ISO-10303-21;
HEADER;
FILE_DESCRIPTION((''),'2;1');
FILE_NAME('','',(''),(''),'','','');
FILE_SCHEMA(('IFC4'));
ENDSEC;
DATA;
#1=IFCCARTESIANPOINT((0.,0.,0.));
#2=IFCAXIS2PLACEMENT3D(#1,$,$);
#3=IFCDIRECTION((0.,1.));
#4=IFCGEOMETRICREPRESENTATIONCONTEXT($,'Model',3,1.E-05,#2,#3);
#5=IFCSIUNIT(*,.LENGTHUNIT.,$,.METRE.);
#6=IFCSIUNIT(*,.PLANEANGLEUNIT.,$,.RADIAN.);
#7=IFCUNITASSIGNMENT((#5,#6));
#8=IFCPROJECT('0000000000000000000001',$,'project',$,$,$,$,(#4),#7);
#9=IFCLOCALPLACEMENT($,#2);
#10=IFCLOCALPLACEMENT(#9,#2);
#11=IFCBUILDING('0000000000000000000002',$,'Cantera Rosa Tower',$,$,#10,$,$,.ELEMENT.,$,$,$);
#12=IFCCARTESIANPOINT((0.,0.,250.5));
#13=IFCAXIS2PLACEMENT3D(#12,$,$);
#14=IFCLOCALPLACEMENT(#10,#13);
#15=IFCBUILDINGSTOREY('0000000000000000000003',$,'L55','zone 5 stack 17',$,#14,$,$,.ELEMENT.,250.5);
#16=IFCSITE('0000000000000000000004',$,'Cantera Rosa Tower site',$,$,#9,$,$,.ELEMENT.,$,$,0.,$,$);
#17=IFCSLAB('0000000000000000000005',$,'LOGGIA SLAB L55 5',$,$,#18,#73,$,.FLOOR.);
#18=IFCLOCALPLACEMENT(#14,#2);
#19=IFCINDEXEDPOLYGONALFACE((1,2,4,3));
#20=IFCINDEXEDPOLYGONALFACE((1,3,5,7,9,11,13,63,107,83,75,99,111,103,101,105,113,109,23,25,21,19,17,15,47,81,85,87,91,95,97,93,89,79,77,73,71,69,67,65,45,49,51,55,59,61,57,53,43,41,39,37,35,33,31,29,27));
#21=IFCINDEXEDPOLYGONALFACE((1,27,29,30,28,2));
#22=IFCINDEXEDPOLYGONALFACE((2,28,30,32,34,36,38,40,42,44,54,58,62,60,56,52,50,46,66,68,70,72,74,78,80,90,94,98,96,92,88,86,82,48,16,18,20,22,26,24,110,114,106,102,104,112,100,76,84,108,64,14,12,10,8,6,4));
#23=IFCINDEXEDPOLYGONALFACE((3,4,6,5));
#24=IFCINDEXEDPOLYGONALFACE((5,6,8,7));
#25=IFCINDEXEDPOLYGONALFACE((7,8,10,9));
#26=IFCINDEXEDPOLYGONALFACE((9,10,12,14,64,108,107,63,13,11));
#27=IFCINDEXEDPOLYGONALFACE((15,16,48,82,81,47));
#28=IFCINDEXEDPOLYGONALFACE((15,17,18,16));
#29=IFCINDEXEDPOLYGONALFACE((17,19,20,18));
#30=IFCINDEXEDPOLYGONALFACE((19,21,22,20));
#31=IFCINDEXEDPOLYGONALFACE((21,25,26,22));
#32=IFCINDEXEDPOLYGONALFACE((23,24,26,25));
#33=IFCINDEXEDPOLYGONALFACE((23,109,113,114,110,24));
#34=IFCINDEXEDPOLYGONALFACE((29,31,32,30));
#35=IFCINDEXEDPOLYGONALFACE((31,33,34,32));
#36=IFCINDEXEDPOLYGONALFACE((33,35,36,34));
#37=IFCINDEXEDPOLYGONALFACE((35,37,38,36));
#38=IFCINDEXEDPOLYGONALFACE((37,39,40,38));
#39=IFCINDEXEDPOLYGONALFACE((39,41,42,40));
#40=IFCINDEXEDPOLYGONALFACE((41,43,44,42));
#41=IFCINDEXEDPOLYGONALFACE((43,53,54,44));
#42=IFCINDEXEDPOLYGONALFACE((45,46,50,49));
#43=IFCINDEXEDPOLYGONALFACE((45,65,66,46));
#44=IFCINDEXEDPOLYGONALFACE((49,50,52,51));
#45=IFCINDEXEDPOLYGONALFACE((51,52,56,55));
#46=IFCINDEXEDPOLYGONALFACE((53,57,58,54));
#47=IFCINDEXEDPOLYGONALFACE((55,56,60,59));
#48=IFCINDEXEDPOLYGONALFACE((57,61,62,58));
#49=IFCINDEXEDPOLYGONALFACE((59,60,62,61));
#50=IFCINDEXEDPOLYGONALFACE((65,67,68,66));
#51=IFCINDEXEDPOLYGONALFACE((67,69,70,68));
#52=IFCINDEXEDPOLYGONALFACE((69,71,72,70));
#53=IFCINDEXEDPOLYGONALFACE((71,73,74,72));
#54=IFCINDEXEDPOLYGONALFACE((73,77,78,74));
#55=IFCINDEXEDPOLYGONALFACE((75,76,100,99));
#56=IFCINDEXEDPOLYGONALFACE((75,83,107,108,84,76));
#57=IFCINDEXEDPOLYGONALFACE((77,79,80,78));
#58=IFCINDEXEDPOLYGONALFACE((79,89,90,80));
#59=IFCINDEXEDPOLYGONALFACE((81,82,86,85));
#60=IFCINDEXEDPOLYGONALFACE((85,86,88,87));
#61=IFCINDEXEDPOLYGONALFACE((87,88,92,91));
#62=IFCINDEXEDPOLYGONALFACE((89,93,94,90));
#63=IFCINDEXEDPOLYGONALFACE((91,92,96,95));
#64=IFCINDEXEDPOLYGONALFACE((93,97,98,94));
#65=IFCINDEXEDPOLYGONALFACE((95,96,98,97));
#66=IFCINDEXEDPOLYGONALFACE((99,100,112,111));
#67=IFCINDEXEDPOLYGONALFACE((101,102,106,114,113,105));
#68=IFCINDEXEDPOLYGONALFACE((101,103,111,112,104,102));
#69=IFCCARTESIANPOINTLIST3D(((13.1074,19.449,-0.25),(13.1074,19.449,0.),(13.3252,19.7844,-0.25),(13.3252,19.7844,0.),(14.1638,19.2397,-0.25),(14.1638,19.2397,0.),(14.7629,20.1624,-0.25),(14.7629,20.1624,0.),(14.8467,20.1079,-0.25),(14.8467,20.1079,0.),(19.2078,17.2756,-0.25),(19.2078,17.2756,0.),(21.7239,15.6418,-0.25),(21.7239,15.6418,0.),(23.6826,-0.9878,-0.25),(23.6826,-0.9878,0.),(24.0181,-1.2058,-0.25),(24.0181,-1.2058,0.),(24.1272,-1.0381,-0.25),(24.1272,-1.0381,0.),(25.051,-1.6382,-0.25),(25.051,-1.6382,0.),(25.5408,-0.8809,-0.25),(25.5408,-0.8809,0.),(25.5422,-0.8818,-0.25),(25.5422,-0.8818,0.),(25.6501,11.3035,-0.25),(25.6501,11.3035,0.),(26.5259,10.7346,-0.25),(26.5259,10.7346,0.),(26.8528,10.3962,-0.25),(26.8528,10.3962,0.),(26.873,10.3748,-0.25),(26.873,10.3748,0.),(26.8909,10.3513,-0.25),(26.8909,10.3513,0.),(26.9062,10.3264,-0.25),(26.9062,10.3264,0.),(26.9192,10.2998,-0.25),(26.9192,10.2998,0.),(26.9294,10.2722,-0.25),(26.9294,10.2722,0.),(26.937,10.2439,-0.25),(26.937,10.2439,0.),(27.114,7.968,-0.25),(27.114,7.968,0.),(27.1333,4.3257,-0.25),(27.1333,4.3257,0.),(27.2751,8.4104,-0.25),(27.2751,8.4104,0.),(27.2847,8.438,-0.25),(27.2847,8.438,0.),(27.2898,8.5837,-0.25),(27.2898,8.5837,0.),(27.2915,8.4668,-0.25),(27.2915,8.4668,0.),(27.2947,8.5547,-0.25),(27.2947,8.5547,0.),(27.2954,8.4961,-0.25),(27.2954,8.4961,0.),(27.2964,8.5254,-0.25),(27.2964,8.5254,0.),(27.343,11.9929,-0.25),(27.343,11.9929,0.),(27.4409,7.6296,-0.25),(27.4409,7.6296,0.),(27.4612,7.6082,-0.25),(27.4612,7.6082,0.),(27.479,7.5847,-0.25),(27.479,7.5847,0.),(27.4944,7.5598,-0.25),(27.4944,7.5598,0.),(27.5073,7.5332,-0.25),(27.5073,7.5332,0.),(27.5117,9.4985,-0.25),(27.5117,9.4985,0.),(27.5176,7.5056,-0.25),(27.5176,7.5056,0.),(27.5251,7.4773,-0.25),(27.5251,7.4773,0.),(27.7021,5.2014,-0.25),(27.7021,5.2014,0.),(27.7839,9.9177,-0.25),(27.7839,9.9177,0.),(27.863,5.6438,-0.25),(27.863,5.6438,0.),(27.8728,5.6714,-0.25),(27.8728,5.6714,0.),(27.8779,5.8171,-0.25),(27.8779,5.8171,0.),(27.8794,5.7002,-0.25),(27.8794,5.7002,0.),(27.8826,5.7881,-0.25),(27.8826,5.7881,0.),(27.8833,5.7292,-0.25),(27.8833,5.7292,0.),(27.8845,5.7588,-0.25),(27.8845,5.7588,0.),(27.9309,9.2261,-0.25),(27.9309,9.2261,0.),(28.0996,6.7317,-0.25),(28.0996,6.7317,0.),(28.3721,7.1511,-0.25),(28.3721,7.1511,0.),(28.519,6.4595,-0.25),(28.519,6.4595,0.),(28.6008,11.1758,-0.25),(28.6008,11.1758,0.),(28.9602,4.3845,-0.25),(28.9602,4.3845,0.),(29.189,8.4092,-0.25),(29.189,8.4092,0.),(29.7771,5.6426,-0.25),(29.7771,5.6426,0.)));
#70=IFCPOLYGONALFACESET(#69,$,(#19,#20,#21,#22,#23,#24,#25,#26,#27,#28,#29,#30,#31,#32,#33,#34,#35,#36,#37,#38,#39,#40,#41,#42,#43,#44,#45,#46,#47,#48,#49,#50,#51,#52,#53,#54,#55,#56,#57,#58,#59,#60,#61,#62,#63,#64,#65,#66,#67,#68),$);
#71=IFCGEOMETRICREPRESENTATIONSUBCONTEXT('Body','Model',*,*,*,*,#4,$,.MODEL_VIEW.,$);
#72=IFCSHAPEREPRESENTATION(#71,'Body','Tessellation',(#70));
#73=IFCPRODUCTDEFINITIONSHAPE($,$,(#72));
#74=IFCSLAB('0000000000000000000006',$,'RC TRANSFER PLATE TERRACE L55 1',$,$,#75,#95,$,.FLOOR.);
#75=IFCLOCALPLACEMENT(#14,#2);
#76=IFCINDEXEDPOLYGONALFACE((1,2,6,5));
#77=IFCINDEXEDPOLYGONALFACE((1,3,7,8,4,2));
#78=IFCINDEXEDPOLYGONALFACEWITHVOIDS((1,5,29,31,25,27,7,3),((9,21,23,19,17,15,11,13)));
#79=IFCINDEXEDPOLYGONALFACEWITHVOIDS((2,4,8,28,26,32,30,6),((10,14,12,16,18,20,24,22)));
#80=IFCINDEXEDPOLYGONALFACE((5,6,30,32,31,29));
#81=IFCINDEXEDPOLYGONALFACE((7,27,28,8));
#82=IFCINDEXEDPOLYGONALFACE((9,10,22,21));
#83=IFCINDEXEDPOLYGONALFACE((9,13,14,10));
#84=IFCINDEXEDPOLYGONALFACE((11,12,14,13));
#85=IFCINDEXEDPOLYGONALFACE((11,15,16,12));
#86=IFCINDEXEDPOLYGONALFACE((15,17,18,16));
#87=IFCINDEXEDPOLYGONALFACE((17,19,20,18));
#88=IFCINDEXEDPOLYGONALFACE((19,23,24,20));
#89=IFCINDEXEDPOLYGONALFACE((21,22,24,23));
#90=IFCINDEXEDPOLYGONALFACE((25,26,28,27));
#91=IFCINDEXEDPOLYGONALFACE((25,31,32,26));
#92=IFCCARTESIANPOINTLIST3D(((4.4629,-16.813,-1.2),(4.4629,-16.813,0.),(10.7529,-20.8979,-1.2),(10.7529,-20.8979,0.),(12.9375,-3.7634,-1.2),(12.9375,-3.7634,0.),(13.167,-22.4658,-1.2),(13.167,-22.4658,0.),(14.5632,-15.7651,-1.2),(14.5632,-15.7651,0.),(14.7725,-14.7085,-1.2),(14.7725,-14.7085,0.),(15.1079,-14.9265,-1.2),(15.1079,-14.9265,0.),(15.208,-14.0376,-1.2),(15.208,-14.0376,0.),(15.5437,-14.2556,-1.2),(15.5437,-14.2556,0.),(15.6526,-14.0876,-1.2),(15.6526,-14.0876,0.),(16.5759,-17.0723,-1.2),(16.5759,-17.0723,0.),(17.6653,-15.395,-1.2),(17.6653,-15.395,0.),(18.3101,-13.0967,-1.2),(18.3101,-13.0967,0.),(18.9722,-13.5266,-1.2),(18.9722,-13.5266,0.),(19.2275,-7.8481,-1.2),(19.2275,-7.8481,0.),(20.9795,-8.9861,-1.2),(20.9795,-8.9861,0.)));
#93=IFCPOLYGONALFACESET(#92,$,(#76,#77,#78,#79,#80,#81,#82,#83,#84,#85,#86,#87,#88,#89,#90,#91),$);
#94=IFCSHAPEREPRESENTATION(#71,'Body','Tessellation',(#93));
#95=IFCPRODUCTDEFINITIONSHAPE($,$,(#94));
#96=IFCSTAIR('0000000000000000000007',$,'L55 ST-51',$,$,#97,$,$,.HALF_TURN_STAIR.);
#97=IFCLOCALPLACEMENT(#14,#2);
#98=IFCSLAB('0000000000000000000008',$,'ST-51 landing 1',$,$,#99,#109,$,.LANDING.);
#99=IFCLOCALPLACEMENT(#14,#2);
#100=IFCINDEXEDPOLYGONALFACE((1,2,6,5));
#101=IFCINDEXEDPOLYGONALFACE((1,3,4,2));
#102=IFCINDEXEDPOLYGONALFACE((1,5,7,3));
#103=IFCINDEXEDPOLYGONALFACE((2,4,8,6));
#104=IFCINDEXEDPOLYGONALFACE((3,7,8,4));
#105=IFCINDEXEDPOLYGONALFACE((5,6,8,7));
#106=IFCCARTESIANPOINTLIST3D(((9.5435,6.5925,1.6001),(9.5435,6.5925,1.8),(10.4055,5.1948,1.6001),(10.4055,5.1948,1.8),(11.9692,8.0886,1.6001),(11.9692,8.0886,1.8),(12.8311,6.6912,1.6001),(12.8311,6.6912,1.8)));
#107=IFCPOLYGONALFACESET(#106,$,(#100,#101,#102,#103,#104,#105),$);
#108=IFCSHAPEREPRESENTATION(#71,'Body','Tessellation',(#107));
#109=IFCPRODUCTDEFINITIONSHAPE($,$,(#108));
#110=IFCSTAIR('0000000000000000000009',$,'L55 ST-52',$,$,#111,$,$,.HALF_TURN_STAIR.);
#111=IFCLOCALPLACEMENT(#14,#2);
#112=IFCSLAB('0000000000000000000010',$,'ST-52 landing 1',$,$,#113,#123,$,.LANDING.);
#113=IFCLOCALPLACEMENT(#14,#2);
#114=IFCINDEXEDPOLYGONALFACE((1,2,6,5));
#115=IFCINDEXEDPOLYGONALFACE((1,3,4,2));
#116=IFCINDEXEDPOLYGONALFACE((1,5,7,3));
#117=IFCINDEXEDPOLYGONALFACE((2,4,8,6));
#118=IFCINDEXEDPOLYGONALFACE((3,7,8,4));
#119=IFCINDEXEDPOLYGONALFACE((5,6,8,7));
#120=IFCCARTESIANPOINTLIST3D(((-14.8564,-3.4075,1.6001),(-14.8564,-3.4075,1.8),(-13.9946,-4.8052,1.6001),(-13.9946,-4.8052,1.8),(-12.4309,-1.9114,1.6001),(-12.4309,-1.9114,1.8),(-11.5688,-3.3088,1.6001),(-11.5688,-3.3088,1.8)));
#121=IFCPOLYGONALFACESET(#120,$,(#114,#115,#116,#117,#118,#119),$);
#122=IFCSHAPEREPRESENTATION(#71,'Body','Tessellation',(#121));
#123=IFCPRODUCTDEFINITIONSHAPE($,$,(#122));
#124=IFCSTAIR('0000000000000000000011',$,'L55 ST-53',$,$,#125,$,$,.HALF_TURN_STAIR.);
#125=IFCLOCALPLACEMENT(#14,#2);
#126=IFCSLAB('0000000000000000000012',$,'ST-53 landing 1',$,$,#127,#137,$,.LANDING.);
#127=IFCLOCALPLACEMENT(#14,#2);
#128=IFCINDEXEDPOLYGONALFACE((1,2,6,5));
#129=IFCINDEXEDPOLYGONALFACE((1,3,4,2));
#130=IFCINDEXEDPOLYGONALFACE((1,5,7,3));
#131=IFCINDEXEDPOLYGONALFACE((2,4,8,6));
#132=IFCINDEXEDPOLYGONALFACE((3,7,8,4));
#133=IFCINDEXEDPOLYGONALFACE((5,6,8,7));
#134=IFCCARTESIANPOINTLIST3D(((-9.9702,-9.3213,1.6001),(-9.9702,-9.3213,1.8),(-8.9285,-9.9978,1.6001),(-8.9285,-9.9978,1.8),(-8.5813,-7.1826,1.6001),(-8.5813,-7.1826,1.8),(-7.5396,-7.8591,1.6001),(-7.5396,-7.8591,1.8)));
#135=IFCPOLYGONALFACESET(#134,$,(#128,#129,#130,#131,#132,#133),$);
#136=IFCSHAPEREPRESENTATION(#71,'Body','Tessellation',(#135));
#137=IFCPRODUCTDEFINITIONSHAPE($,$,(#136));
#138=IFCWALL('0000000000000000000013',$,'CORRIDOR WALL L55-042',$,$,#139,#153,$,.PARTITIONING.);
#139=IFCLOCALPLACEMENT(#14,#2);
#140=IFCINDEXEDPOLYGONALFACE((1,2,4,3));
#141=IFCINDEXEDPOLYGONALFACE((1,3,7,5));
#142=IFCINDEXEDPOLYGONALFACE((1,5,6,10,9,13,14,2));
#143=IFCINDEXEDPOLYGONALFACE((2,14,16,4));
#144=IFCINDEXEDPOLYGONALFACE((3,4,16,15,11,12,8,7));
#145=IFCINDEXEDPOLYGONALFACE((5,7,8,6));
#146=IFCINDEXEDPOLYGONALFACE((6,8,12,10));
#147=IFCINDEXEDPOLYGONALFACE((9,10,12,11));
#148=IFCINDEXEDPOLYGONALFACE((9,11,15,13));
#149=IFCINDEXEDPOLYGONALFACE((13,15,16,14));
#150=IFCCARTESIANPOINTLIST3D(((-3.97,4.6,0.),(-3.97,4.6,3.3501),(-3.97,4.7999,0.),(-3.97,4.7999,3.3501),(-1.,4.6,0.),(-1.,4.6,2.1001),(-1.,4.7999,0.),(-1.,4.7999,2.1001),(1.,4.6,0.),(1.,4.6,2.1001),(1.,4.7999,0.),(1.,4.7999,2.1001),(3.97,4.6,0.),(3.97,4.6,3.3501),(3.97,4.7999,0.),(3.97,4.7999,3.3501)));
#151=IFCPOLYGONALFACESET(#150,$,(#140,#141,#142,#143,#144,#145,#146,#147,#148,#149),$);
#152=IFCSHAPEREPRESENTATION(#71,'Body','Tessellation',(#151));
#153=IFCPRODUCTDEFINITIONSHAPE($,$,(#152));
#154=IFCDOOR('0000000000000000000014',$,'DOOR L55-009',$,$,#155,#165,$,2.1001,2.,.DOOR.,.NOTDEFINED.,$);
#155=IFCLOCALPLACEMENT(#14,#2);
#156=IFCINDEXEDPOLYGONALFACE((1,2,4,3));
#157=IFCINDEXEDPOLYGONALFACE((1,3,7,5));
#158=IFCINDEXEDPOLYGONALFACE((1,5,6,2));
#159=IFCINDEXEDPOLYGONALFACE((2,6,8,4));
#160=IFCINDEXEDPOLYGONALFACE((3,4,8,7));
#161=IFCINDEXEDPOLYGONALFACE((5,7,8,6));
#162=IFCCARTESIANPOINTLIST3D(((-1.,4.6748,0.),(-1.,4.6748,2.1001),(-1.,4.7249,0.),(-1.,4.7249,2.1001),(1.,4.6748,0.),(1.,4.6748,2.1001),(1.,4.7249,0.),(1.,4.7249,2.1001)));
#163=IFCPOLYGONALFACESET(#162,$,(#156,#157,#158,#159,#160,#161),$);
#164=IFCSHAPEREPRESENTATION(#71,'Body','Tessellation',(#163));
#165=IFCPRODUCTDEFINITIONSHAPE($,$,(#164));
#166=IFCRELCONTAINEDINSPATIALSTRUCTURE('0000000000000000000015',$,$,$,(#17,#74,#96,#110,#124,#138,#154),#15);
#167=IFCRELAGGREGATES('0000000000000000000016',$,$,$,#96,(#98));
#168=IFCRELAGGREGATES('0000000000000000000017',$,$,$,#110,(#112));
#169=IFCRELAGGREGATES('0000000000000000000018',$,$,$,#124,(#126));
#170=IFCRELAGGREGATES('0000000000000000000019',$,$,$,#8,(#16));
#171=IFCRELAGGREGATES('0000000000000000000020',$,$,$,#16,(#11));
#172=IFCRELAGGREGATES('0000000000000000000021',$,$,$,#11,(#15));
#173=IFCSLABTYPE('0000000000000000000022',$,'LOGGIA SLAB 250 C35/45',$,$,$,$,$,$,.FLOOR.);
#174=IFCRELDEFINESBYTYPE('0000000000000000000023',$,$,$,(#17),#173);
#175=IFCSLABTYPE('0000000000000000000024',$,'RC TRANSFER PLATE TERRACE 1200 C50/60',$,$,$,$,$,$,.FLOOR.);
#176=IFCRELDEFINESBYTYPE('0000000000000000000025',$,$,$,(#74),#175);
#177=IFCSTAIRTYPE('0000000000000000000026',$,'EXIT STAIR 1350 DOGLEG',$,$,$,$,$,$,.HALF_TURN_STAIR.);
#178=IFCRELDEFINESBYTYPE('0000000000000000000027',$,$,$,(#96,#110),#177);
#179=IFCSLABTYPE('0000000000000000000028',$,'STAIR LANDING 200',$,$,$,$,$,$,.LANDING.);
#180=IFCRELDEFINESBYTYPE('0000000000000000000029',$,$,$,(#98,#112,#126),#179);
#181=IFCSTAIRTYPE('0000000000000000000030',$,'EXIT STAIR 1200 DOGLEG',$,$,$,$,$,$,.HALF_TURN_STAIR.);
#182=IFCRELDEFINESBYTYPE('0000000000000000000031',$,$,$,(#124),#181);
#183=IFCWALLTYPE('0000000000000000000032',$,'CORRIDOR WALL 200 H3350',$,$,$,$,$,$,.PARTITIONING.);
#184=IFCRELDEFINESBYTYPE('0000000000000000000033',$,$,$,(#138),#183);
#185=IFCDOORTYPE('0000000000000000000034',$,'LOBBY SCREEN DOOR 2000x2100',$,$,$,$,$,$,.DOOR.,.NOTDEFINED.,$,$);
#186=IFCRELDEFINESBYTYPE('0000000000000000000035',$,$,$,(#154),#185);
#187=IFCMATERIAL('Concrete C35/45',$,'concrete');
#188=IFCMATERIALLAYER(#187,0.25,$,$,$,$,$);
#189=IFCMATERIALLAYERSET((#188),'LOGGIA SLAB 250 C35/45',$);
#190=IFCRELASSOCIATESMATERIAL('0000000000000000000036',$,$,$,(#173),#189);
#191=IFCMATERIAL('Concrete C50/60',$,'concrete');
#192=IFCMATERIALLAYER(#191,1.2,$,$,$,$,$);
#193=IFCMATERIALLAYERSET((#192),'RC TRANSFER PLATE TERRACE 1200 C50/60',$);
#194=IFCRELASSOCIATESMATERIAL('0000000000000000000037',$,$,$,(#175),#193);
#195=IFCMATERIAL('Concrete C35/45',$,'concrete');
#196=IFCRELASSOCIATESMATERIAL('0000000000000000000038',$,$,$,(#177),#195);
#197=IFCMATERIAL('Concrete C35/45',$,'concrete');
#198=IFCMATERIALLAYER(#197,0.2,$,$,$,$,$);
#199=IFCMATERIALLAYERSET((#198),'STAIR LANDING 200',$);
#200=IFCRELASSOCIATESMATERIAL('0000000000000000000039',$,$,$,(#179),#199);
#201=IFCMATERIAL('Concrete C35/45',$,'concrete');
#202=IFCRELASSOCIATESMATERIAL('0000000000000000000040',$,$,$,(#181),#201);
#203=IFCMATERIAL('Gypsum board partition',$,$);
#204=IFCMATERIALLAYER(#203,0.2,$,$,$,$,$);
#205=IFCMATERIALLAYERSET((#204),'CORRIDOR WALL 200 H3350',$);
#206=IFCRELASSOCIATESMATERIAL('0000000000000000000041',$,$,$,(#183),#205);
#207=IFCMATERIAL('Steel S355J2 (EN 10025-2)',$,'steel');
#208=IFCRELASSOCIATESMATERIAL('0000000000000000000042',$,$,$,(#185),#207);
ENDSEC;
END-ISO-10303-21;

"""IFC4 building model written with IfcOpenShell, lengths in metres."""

from ifc_helpers import new_model, si_unit, direction, frame, frame_2d, origin, place, context, subcontext, project, spatial, polyline, rectangle, outline, extrude, material, layer, layer_set, type_object, element, fill, aggregate, save


model = new_model("IFC4")

# Units and contexts
model_context = context("Model", 3, precision=1e-05, world=origin(), true_north=direction((0.0, 1.0)))
body_context = subcontext(model_context, "Body", "Model", "MODEL_VIEW")
ifc_project = project(units=[si_unit("LENGTHUNIT", "METRE"), si_unit("PLANEANGLEUNIT", "RADIAN")], contexts=[model_context])

# Site, building, storey
site_placement = place(None, origin())
site = spatial("IfcSite", under=ifc_project, at=site_placement, Name="Cantera Rosa Tower site", CompositionType="ELEMENT", RefElevation=0.0)
building_placement = place(site_placement, origin())
building = spatial("IfcBuilding", under=site, at=building_placement, Name="Cantera Rosa Tower", CompositionType="ELEMENT")
storey_placement = place(building_placement, frame((0.0, 0.0, 250.5)))
storey = spatial("IfcBuildingStorey", under=building, at=storey_placement, Name="L55", Description="zone 5 stack 17", CompositionType="ELEMENT", Elevation=250.5)

# Slabs
ifc_material_1 = material(Name="Concrete C35/45", Category="concrete")
ifc_layer_1 = layer(ifc_material_1, 0.25)
ifc_layer_set_1 = layer_set([ifc_layer_1], Name="LOGGIA SLAB 250 C35/45")
slab_type_1 = type_object("IfcSlabType", Name="LOGGIA SLAB 250 C35/45", PredefinedType="FLOOR", material=ifc_layer_set_1)
slab_1_placement = place(storey_placement, frame((0.0, 0.0, -0.25)))
element("IfcSlab", 1, at=slab_1_placement, inside=storey, type_object=slab_type_1, Name="LOGGIA SLAB L55 5", PredefinedType="FLOOR", context=body_context, shape_type="SweptSolid", body=[
    extrude(outline(polyline([(27.7839, 9.9177), (27.5117, 9.4985), (27.9309, 9.2261), (29.189, 8.4092), (28.3721, 7.1511), (28.0996, 6.7317), (28.519, 6.4595), (29.7771, 5.6426), (28.9602, 4.3845), (25.5408, -0.8809), (25.5422, -0.8818), (25.051, -1.6382), (24.1272, -1.0381), (24.0181, -1.2058), (23.6826, -0.9878), (27.1333, 4.3257), (27.7021, 5.2014), (27.863, 5.6438), (27.8728, 5.6714), (27.8794, 5.7002), (27.8833, 5.7292), (27.8845, 5.7588), (27.8826, 5.7881), (27.8779, 5.8171), (27.5251, 7.4773), (27.5176, 7.5056), (27.5073, 7.5332), (27.4944, 7.5598), (27.479, 7.5847), (27.4612, 7.6082), (27.4409, 7.6296), (27.114, 7.968), (27.2751, 8.4104), (27.2847, 8.438), (27.2915, 8.4668), (27.2954, 8.4961), (27.2964, 8.5254), (27.2947, 8.5547), (27.2898, 8.5837), (26.937, 10.2439), (26.9294, 10.2722), (26.9192, 10.2998), (26.9062, 10.3264), (26.8909, 10.3513), (26.873, 10.3748), (26.8528, 10.3962), (26.5259, 10.7346), (25.6501, 11.3035), (13.1074, 19.449), (13.3252, 19.7844), (14.1638, 19.2397), (14.7629, 20.1624), (14.8467, 20.1079), (19.2078, 17.2756), (21.7239, 15.6418), (27.343, 11.9929), (28.6008, 11.1758), (27.7839, 9.9177)])), origin(), (0.0, 0.0, 1.0), 0.25),
])
ifc_material_2 = material(Name="Concrete C50/60", Category="concrete")
ifc_layer_2 = layer(ifc_material_2, 1.2)
ifc_layer_set_2 = layer_set([ifc_layer_2], Name="RC TRANSFER PLATE TERRACE 1200 C50/60")
slab_type_2 = type_object("IfcSlabType", Name="RC TRANSFER PLATE TERRACE 1200 C50/60", PredefinedType="FLOOR", material=ifc_layer_set_2)
slab_2_placement = place(storey_placement, frame((0.0, 0.0, -1.2)))
element("IfcSlab", 2, at=slab_2_placement, inside=storey, type_object=slab_type_2, Name="RC TRANSFER PLATE TERRACE L55 1", PredefinedType="FLOOR", context=body_context, shape_type="SweptSolid", body=[
    extrude(outline(polyline([(20.9795, -8.9861), (18.3101, -13.0967), (18.9722, -13.5266), (13.167, -22.4658), (10.7529, -20.8979), (4.4629, -16.813), (12.9375, -3.7634), (19.2275, -7.8481), (20.9795, -8.9861)]), holes=[polyline([(17.6653, -15.395), (15.6526, -14.0876), (15.5437, -14.2556), (15.208, -14.0376), (14.7725, -14.7085), (15.1079, -14.9265), (14.5632, -15.7651), (16.5759, -17.0723), (17.6653, -15.395)])]), origin(), (0.0, 0.0, 1.0), 1.2),
])

# Stairs, slabs
ifc_material_3 = material(Name="Concrete C35/45", Category="concrete")
stair_type_1 = type_object("IfcStairType", Name="EXIT STAIR 1350 DOGLEG", PredefinedType="HALF_TURN_STAIR", material=ifc_material_3)
stair_1_placement = place(storey_placement, origin())
stair_1 = element("IfcStair", 3, at=stair_1_placement, inside=storey, type_object=stair_type_1, Name="L55 ST-51", PredefinedType="HALF_TURN_STAIR")
ifc_material_4 = material(Name="Concrete C35/45", Category="concrete")
ifc_layer_3 = layer(ifc_material_4, 0.2)
ifc_layer_set_3 = layer_set([ifc_layer_3], Name="STAIR LANDING 200")
slab_type_3 = type_object("IfcSlabType", Name="STAIR LANDING 200", PredefinedType="LANDING", material=ifc_layer_set_3)
slab_3_placement = place(storey_placement, frame((0.0, 0.0, 1.6001)))
slab_3 = element("IfcSlab", 4, at=slab_3_placement, type_object=slab_type_3, Name="ST-51 landing 1", PredefinedType="LANDING", context=body_context, shape_type="SweptSolid", body=[
    extrude(outline(polyline([(12.8311, 6.6912), (11.9692, 8.0886), (9.5435, 6.5925), (10.4055, 5.1948), (12.8311, 6.6912)])), origin(), (0.0, 0.0, 1.0), 0.2),
])
aggregate(stair_1, [slab_3])
stair_2_placement = place(storey_placement, origin())
stair_2 = element("IfcStair", 5, at=stair_2_placement, inside=storey, type_object=stair_type_1, Name="L55 ST-52", PredefinedType="HALF_TURN_STAIR")
slab_4_placement = place(storey_placement, frame((0.0, 0.0, 1.6001)))
slab_4 = element("IfcSlab", 6, at=slab_4_placement, type_object=slab_type_3, Name="ST-52 landing 1", PredefinedType="LANDING", context=body_context, shape_type="SweptSolid", body=[
    extrude(outline(polyline([(-11.5688, -3.3088), (-12.4309, -1.9114), (-14.8564, -3.4075), (-13.9946, -4.8052), (-11.5688, -3.3088)])), origin(), (0.0, 0.0, 1.0), 0.2),
])
aggregate(stair_2, [slab_4])
ifc_material_5 = material(Name="Concrete C35/45", Category="concrete")
stair_type_2 = type_object("IfcStairType", Name="EXIT STAIR 1200 DOGLEG", PredefinedType="HALF_TURN_STAIR", material=ifc_material_5)
stair_3_placement = place(storey_placement, origin())
stair_3 = element("IfcStair", 7, at=stair_3_placement, inside=storey, type_object=stair_type_2, Name="L55 ST-53", PredefinedType="HALF_TURN_STAIR")
slab_5_placement = place(storey_placement, frame((0.0, 0.0, 1.6001)))
slab_5 = element("IfcSlab", 8, at=slab_5_placement, type_object=slab_type_3, Name="ST-53 landing 1", PredefinedType="LANDING", context=body_context, shape_type="SweptSolid", body=[
    extrude(outline(polyline([(-7.5396, -7.8591), (-8.5813, -7.1826), (-9.9702, -9.3213), (-8.9285, -9.9978), (-7.5396, -7.8591)])), origin(), (0.0, 0.0, 1.0), 0.2),
])
aggregate(stair_3, [slab_5])

# Wall, opening, door
ifc_material_6 = material(Name="Gypsum board partition")
ifc_layer_4 = layer(ifc_material_6, 0.2)
ifc_layer_set_4 = layer_set([ifc_layer_4], Name="CORRIDOR WALL 200 H3350")
wall_type_1 = type_object("IfcWallType", Name="CORRIDOR WALL 200 H3350", PredefinedType="PARTITIONING", material=ifc_layer_set_4)
wall_1_placement = place(storey_placement, frame((-3.97, 4.7, 0.0), z_axis=(0.0, 0.0, 1.0), x_axis=(1.0, 0.0, 0.0)))
wall_1 = element("IfcWall", 9, at=wall_1_placement, inside=storey, type_object=wall_type_1, Name="CORRIDOR WALL L55-042", PredefinedType="PARTITIONING", context=body_context, shape_type="SweptSolid", body=[
    extrude(rectangle(XDim=7.9399, YDim=0.2, at=frame_2d((3.97, 0.0))), origin(), (0.0, 0.0, 1.0), 3.3501),
])
opening_placement = place(wall_1_placement, frame((2.97, 0.0, 0.0)))
opening = element("IfcOpeningElement", 10, at=opening_placement, cuts=wall_1, PredefinedType="OPENING", context=body_context, shape_type="SweptSolid", body=[
    extrude(rectangle(XDim=2.0, YDim=2.1001, at=frame_2d((1.0, 1.05))), frame((0.0, 0.1099, 0.0), z_axis=(0.0, -1.0, 0.0), x_axis=(1.0, 0.0, 0.0)), (0.0, 0.0, 1.0), 0.22),
])
ifc_material_7 = material(Name="Steel S355J2 (EN 10025-2)", Category="steel")
door_type = type_object("IfcDoorType", Name="LOBBY SCREEN DOOR 2000x2100", OperationType="NOTDEFINED", PredefinedType="DOOR", material=ifc_material_7)
door_placement = place(opening_placement, origin())
door = element("IfcDoor", 11, at=door_placement, inside=storey, type_object=door_type, Name="DOOR L55-009", OperationType="NOTDEFINED", OverallHeight=2.1001, OverallWidth=2.0, PredefinedType="DOOR", context=body_context, shape_type="SweptSolid", body=[
    extrude(rectangle(XDim=2.0, YDim=2.1001, at=frame_2d((1.0, 1.05))), frame((0.0, 0.0249, 0.0), z_axis=(0.0, -1.0, 0.0), x_axis=(1.0, 0.0, 0.0)), (0.0, 0.0, 1.0), 0.05),
])
fill(opening, door)

save(model, "model.ifc")
